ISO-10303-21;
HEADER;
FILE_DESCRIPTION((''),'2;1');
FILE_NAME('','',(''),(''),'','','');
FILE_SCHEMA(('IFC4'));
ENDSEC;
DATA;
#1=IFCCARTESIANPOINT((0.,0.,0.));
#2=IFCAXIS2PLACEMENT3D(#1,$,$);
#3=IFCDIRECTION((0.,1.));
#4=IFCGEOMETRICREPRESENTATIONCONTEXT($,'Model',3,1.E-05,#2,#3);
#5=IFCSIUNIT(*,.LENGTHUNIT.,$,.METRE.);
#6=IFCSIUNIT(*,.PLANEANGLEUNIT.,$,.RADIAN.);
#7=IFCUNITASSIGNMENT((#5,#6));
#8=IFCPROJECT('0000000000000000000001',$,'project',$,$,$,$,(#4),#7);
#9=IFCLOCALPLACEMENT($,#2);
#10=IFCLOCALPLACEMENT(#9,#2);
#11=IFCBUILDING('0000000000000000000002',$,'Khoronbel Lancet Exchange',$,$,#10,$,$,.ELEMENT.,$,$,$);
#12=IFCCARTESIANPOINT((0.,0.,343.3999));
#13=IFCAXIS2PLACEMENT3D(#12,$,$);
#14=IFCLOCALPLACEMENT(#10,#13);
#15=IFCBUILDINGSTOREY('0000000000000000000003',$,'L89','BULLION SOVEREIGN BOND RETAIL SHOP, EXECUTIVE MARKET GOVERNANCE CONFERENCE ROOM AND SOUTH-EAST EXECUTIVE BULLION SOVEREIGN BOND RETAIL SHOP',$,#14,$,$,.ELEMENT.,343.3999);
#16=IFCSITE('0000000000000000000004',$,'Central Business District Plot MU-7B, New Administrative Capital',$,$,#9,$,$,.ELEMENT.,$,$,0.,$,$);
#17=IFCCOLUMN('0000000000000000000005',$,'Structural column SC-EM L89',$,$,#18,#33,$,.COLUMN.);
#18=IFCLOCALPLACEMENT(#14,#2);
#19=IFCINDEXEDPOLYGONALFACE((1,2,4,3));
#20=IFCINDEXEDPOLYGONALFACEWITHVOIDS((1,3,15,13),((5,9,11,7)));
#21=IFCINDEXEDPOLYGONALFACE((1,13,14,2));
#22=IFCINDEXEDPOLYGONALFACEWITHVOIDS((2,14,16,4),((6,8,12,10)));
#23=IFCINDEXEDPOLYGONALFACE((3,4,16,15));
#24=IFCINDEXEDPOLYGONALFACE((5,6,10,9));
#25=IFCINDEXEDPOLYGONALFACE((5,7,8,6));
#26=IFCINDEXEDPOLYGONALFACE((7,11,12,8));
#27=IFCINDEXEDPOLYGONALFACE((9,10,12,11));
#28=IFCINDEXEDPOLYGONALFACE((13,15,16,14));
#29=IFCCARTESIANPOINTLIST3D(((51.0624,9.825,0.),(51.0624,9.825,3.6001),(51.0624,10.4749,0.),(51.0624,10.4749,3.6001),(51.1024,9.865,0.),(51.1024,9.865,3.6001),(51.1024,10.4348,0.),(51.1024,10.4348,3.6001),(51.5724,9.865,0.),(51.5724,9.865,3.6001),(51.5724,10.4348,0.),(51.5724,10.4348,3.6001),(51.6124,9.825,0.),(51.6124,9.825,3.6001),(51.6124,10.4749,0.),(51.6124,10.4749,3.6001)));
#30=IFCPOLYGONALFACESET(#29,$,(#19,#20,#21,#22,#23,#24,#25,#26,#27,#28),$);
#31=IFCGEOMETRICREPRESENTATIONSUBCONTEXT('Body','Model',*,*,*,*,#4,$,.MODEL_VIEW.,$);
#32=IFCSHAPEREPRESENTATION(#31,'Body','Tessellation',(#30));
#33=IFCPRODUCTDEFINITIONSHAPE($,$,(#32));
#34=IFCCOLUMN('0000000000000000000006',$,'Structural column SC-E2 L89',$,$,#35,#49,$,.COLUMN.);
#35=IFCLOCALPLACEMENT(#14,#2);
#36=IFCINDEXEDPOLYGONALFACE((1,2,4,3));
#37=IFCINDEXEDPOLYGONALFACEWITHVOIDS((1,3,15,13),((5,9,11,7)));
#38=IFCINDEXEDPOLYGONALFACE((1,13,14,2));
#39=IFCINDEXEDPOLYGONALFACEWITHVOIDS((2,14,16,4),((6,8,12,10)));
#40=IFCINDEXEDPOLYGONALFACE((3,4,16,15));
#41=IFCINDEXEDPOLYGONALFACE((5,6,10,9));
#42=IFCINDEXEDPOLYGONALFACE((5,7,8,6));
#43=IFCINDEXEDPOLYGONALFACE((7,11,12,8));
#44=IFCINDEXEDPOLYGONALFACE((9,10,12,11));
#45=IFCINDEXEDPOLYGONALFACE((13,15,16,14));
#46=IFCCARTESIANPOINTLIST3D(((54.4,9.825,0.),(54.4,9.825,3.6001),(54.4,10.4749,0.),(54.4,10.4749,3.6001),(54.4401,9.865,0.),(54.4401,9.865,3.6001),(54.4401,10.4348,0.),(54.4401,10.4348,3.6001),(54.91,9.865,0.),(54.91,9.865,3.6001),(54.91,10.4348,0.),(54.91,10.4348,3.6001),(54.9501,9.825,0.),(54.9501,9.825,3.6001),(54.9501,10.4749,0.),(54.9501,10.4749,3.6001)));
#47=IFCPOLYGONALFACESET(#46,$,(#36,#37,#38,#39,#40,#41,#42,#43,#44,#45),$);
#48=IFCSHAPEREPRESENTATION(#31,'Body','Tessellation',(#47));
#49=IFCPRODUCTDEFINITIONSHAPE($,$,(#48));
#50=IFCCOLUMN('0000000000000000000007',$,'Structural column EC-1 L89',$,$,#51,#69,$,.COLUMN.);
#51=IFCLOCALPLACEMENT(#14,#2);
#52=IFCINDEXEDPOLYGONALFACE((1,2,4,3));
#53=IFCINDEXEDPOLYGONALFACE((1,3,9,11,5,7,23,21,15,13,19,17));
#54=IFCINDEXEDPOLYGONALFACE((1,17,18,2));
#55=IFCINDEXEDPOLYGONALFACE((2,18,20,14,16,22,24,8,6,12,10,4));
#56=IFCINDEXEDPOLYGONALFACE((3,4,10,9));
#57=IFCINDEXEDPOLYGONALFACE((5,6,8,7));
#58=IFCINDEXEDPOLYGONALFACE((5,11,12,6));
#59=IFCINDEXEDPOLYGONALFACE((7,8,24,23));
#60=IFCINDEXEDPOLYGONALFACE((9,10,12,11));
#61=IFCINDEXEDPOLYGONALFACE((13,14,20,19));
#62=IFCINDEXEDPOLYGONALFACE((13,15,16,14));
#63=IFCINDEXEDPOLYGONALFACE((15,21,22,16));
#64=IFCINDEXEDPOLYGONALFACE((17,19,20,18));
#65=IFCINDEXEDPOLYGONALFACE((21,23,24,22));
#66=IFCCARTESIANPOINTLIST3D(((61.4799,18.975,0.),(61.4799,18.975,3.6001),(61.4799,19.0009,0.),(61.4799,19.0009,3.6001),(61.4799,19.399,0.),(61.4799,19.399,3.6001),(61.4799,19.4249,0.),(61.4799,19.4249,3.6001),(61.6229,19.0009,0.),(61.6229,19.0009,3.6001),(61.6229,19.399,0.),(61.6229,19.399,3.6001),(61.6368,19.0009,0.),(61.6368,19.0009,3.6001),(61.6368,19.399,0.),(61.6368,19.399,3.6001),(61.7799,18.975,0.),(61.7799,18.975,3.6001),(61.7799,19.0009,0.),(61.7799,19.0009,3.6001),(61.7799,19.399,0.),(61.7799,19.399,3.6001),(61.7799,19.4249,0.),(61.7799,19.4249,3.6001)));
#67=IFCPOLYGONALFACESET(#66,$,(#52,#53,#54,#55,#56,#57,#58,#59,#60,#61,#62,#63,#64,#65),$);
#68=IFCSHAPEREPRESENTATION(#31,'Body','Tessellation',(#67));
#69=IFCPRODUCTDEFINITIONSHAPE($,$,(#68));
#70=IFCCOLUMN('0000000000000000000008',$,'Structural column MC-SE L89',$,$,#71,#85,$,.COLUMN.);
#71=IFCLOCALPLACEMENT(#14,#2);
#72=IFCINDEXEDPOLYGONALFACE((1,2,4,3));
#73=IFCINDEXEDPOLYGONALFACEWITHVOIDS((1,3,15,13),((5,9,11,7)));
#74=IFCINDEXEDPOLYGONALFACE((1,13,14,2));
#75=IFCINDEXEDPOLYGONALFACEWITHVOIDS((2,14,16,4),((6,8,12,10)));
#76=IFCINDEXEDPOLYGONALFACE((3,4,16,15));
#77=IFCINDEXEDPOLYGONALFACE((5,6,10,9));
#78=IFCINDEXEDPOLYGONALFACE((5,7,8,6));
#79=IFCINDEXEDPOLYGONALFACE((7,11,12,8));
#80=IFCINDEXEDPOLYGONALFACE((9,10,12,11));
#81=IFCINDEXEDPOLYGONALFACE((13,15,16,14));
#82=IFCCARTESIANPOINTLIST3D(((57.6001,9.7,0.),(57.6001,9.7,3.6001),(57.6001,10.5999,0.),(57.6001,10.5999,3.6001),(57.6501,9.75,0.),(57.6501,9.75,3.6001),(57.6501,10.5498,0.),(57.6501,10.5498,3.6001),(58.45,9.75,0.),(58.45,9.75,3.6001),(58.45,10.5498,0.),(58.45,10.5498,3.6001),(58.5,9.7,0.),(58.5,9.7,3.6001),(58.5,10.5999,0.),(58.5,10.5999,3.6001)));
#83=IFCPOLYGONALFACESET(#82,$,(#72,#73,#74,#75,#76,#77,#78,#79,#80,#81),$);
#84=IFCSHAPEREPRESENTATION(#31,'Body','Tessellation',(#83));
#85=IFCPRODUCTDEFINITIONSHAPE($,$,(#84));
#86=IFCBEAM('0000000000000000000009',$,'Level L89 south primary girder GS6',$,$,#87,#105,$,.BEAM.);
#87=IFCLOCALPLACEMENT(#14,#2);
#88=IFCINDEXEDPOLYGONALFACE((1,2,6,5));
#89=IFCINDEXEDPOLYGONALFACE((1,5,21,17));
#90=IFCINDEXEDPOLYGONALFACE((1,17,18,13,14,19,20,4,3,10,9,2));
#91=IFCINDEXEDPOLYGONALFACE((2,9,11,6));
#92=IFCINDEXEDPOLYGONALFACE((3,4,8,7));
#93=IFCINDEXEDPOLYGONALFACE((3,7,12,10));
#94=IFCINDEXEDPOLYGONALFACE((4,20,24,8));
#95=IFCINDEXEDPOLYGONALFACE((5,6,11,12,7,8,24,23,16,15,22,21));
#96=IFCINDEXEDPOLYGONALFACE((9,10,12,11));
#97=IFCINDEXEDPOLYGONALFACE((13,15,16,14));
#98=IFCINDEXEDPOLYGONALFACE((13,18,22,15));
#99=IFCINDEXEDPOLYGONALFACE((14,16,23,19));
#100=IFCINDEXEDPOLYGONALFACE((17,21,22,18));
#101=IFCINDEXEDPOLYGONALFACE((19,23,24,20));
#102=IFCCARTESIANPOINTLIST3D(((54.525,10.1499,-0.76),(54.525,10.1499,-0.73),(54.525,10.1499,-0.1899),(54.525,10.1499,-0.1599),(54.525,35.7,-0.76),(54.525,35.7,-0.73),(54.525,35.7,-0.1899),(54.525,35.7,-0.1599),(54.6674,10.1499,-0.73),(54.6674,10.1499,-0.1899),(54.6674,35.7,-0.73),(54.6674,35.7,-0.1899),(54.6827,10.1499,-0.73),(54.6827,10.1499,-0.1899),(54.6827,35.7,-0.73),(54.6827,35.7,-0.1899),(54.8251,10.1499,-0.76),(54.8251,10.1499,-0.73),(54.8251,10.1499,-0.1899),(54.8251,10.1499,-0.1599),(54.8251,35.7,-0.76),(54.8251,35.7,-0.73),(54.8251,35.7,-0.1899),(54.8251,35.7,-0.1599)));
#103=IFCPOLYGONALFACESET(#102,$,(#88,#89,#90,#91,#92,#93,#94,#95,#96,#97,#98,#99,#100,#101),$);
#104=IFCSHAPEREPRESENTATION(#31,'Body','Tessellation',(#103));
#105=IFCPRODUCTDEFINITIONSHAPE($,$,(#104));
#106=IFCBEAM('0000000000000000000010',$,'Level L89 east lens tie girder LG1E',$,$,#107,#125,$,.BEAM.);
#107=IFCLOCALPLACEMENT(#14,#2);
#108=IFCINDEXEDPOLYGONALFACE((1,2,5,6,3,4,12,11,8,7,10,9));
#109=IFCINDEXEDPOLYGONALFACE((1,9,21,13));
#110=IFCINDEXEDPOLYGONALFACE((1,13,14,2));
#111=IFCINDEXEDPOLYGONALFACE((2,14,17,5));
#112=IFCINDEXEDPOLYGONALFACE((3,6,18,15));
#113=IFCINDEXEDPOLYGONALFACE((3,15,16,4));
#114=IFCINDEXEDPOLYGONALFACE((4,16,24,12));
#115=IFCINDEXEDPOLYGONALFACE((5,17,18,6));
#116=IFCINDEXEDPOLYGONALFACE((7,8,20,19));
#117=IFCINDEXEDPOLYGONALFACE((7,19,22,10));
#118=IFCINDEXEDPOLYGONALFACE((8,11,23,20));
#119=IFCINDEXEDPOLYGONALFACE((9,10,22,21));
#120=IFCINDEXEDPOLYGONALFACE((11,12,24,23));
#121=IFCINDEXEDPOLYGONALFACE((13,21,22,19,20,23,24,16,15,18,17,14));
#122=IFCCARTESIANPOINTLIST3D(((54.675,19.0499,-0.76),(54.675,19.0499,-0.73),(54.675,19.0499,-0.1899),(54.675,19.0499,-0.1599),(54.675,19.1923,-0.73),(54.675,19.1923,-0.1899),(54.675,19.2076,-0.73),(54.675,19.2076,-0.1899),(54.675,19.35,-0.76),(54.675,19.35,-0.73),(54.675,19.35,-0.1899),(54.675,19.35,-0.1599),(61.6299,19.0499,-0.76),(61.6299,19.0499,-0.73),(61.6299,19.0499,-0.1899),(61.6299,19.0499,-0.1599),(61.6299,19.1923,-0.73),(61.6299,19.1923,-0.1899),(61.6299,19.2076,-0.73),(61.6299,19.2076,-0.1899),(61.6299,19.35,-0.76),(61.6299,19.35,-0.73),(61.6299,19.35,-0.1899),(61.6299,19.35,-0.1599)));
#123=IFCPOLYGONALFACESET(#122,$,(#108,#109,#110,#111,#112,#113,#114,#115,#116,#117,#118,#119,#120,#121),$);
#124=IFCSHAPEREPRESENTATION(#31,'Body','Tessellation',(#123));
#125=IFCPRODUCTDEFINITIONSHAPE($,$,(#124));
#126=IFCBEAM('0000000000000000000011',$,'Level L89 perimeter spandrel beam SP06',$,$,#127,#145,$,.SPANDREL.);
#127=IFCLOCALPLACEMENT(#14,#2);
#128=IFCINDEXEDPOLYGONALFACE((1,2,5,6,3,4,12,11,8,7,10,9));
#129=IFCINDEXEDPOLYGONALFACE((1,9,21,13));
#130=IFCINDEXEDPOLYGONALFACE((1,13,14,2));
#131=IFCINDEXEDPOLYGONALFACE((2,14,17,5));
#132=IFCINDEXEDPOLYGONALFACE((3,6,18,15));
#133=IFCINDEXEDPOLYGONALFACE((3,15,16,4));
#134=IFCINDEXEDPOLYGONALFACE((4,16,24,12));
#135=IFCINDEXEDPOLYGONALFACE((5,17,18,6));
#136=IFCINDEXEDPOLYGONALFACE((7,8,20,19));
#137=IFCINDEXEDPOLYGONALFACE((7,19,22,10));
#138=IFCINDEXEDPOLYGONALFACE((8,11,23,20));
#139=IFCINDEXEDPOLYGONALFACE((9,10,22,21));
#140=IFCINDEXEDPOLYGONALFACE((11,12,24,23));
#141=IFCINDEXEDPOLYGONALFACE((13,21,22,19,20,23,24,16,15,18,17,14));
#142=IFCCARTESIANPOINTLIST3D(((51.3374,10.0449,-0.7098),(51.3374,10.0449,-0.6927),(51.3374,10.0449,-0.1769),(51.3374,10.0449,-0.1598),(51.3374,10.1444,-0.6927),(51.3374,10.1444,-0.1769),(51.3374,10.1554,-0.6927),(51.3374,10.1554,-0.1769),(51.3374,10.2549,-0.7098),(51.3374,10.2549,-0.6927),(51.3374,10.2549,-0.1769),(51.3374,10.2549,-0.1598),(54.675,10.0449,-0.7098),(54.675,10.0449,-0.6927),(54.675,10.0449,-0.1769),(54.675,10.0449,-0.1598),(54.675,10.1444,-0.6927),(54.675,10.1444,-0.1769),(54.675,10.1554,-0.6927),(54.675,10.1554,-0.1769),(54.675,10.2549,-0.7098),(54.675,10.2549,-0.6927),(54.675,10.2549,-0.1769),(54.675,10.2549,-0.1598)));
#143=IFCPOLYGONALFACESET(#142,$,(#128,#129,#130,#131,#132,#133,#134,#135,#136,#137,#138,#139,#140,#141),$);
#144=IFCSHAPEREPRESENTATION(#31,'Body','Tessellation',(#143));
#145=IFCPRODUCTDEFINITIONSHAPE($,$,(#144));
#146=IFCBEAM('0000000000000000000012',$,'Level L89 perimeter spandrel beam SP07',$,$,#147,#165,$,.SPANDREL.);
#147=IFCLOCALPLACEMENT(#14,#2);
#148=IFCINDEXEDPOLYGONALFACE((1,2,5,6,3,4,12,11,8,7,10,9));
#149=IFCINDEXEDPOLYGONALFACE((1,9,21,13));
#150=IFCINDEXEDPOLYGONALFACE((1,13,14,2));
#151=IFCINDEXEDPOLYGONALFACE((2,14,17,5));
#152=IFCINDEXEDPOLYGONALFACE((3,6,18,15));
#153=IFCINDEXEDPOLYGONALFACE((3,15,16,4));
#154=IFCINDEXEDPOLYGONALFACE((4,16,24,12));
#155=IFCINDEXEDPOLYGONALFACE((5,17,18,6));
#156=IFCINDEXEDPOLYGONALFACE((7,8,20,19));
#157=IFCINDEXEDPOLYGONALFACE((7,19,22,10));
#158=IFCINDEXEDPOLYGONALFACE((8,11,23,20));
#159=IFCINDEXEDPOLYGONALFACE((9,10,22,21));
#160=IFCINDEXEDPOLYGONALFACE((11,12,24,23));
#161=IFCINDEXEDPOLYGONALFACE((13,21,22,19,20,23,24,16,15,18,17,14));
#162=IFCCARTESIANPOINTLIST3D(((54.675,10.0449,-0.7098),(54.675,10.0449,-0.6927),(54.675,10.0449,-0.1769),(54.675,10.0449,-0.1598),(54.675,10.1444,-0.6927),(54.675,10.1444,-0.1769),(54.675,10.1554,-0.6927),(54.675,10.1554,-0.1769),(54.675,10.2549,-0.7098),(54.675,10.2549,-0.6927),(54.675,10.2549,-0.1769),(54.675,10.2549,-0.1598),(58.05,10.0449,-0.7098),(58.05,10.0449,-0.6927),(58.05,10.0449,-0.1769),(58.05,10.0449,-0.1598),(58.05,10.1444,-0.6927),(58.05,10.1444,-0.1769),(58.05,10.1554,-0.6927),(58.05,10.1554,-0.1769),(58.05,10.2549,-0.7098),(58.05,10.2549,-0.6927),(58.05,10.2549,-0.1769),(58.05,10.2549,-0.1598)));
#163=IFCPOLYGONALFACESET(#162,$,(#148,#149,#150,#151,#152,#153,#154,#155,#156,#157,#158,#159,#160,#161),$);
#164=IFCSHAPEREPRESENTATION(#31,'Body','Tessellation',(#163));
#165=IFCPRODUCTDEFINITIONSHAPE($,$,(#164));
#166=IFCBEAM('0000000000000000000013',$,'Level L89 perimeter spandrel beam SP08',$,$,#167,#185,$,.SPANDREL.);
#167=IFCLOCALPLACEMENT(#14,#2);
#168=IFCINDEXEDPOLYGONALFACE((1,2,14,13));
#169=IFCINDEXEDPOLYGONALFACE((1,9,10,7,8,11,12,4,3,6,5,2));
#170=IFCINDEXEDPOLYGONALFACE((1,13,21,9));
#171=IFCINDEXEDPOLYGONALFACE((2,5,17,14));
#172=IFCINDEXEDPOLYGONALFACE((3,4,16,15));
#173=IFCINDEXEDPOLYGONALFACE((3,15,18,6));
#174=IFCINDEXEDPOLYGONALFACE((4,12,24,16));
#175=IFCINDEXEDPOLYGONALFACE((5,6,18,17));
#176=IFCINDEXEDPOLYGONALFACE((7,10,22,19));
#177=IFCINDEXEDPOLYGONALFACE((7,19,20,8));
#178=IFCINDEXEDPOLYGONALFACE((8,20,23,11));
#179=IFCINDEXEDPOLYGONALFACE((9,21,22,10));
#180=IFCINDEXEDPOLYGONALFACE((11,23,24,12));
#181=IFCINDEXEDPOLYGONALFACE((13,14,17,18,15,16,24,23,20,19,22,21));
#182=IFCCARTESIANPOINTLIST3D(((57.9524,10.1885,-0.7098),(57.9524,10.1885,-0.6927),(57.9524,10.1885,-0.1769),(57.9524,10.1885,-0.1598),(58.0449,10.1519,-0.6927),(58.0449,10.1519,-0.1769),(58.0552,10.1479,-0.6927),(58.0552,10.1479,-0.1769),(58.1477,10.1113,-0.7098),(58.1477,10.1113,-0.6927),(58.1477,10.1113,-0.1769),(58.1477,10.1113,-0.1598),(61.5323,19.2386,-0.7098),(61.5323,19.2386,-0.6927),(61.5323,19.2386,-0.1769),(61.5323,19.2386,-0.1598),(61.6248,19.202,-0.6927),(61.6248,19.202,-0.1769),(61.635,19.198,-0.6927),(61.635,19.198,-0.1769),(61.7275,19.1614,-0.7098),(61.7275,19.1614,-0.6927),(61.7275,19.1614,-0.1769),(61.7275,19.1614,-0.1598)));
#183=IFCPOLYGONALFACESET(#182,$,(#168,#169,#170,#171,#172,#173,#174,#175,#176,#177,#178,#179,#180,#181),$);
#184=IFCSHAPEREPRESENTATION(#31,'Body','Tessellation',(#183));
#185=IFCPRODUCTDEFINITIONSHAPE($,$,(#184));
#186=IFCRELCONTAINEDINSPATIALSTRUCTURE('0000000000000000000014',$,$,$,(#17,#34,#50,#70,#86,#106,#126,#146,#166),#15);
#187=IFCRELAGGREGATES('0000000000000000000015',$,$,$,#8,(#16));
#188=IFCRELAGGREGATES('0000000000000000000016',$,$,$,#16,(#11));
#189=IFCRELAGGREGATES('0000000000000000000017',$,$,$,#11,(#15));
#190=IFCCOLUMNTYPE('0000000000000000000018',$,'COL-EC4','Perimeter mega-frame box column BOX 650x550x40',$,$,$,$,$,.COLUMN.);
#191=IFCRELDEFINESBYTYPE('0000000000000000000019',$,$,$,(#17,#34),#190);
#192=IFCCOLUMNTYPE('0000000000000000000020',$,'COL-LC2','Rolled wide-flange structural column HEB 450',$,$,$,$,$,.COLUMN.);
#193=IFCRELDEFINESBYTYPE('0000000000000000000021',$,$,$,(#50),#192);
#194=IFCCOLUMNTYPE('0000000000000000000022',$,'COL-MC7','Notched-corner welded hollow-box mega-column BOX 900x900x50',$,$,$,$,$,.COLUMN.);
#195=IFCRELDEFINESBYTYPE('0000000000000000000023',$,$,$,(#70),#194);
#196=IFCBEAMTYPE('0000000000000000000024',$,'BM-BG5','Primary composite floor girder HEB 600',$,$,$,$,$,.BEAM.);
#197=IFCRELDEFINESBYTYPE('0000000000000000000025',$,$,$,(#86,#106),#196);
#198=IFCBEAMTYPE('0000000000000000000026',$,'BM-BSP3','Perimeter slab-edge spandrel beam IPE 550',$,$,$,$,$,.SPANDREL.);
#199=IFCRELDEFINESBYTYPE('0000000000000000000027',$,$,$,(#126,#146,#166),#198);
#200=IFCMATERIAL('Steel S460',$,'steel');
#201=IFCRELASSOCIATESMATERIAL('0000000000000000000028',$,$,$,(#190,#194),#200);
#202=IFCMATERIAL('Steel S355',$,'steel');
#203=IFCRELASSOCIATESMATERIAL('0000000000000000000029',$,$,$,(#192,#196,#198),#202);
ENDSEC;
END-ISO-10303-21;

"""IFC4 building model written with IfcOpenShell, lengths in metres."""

from ifc_helpers import new_model, si_unit, direction, frame, origin, origin_2d, place, context, subcontext, project, spatial, hollow_rectangle, i_section, extrude, material, material_profile, profile_set, type_object, element, save


model = new_model("IFC4")

# Units and contexts
model_context = context("Model", 3, precision=1e-05, world=origin(), true_north=direction((0.0, 1.0)))
body_context = subcontext(model_context, "Body", "Model", "MODEL_VIEW")
ifc_project = project(units=[si_unit("LENGTHUNIT", "METRE"), si_unit("PLANEANGLEUNIT", "RADIAN")], contexts=[model_context])

# Site, building, storey
site_placement = place(None, origin())
site = spatial("IfcSite", under=ifc_project, at=site_placement, Name="Central Business District Plot MU-7B, New Administrative Capital", CompositionType="ELEMENT", RefElevation=0.0)
building_placement = place(site_placement, origin())
building = spatial("IfcBuilding", under=site, at=building_placement, Name="Khoronbel Lancet Exchange", CompositionType="ELEMENT")
storey_placement = place(building_placement, frame((0.0, 0.0, 343.3999)))
storey = spatial("IfcBuildingStorey", under=building, at=storey_placement, Name="L89", Description="BULLION SOVEREIGN BOND RETAIL SHOP, EXECUTIVE MARKET GOVERNANCE CONFERENCE ROOM AND SOUTH-EAST EXECUTIVE BULLION SOVEREIGN BOND RETAIL SHOP", CompositionType="ELEMENT", Elevation=343.3999)

# Columns
ifc_material_1 = material(Name="Steel S460", Category="steel")
ifc_material_profile_1 = material_profile(ifc_material_1, hollow_rectangle(XDim=0.55, YDim=0.6499, WallThickness=0.04, at=origin_2d()), Name="BOX 650x550x40")
ifc_profile_set_1 = profile_set([ifc_material_profile_1], Name="Steel S460")
column_type_1 = type_object("IfcColumnType", Name="COL-EC4", Description="Perimeter mega-frame box column BOX 650x550x40", PredefinedType="COLUMN", material=ifc_profile_set_1)
for number, where, z_axis, x_axis, name in (
    (1, (51.3374, 10.1499, 0.0), (0.0, 0.0, 1.0), (1.0, 0.0, 0.0), "Structural column SC-EM L89"),
    (2, (54.675, 10.1499, 0.0), (0.0, 0.0, 1.0), (1.0, 0.0, 0.0), "Structural column SC-E2 L89"),
):
    element("IfcColumn", number, at=place(storey_placement, frame(where, z_axis=z_axis, x_axis=x_axis)), inside=storey, type_object=column_type_1, Name=name, PredefinedType="COLUMN", context=body_context, shape_type="SweptSolid", body=[
        extrude(hollow_rectangle(XDim=0.55, YDim=0.6499, WallThickness=0.04, at=origin_2d()), origin(), (0.0, 0.0, 1.0), 3.6001),
    ])
ifc_material_2 = material(Name="Steel S355", Category="steel")
ifc_material_profile_2 = material_profile(ifc_material_2, i_section(OverallWidth=0.3, OverallDepth=0.45, WebThickness=0.0139, FlangeThickness=0.0259, at=origin_2d()), Name="HEB 450")
ifc_profile_set_2 = profile_set([ifc_material_profile_2], Name="Steel S355")
column_type_2 = type_object("IfcColumnType", Name="COL-LC2", Description="Rolled wide-flange structural column HEB 450", PredefinedType="COLUMN", material=ifc_profile_set_2)
column_1_placement = place(storey_placement, frame((61.6299, 19.2, 0.0), z_axis=(0.0, 0.0, 1.0), x_axis=(1.0, 0.0, 0.0)))
element("IfcColumn", 3, at=column_1_placement, inside=storey, type_object=column_type_2, Name="Structural column EC-1 L89", PredefinedType="COLUMN", context=body_context, shape_type="SweptSolid", body=[
    extrude(i_section(OverallWidth=0.3, OverallDepth=0.45, WebThickness=0.0139, FlangeThickness=0.0259, at=origin_2d()), origin(), (0.0, 0.0, 1.0), 3.6001),
])
ifc_material_profile_3 = material_profile(ifc_material_1, hollow_rectangle(XDim=0.8999, YDim=0.8999, WallThickness=0.05, at=origin_2d()), Name="BOX 900x900x50")
ifc_profile_set_3 = profile_set([ifc_material_profile_3], Name="Steel S460")
column_type_3 = type_object("IfcColumnType", Name="COL-MC7", Description="Notched-corner welded hollow-box mega-column BOX 900x900x50", PredefinedType="COLUMN", material=ifc_profile_set_3)
column_2_placement = place(storey_placement, frame((58.05, 10.1499, 0.0), z_axis=(0.0, 0.0, 1.0), x_axis=(1.0, 0.0, 0.0)))
element("IfcColumn", 4, at=column_2_placement, inside=storey, type_object=column_type_3, Name="Structural column MC-SE L89", PredefinedType="COLUMN", context=body_context, shape_type="SweptSolid", body=[
    extrude(hollow_rectangle(XDim=0.8999, YDim=0.8999, WallThickness=0.05, at=origin_2d()), origin(), (0.0, 0.0, 1.0), 3.6001),
])

# Beams
ifc_material_profile_4 = material_profile(ifc_material_2, i_section(OverallWidth=0.3, OverallDepth=0.6001, WebThickness=0.0154, FlangeThickness=0.03, at=origin_2d()), Name="HEB 600")
ifc_profile_set_4 = profile_set([ifc_material_profile_4], Name="Steel S355")
beam_type_1 = type_object("IfcBeamType", Name="BM-BG5", Description="Primary composite floor girder HEB 600", PredefinedType="BEAM", material=ifc_profile_set_4)
beam_1_placement = place(storey_placement, frame((54.675, 10.1499, -0.46), z_axis=(0.0, 1.0, 0.0), x_axis=(-1.0, 0.0, 0.0)))
element("IfcBeam", 5, at=beam_1_placement, inside=storey, type_object=beam_type_1, Name="Level L89 south primary girder GS6", PredefinedType="BEAM", context=body_context, shape_type="SweptSolid", body=[
    extrude(i_section(OverallWidth=0.3, OverallDepth=0.6001, WebThickness=0.0154, FlangeThickness=0.03, at=origin_2d()), origin(), (0.0, 0.0, 1.0), 25.55),
])
beam_2_placement = place(storey_placement, frame((54.675, 19.2, -0.46), z_axis=(1.0, 0.0, 0.0), x_axis=(0.0, 1.0, 0.0)))
element("IfcBeam", 6, at=beam_2_placement, inside=storey, type_object=beam_type_1, Name="Level L89 east lens tie girder LG1E", PredefinedType="BEAM", context=body_context, shape_type="SweptSolid", body=[
    extrude(i_section(OverallWidth=0.3, OverallDepth=0.6001, WebThickness=0.0154, FlangeThickness=0.03, at=origin_2d()), origin(), (0.0, 0.0, 1.0), 6.9548),
])
ifc_material_profile_5 = material_profile(ifc_material_2, i_section(OverallWidth=0.21, OverallDepth=0.55, WebThickness=0.011, FlangeThickness=0.0171, at=origin_2d()), Name="IPE 550")
ifc_profile_set_5 = profile_set([ifc_material_profile_5], Name="Steel S355")
beam_type_2 = type_object("IfcBeamType", Name="BM-BSP3", Description="Perimeter slab-edge spandrel beam IPE 550", PredefinedType="SPANDREL", material=ifc_profile_set_5)
beam_3_placement = place(storey_placement, frame((51.3374, 10.1499, -0.4348), z_axis=(1.0, 0.0, 0.0), x_axis=(0.0, 1.0, 0.0)))
element("IfcBeam", 7, at=beam_3_placement, inside=storey, type_object=beam_type_2, Name="Level L89 perimeter spandrel beam SP06", PredefinedType="SPANDREL", context=body_context, shape_type="SweptSolid", body=[
    extrude(i_section(OverallWidth=0.21, OverallDepth=0.55, WebThickness=0.011, FlangeThickness=0.0171, at=origin_2d()), origin(), (0.0, 0.0, 1.0), 3.3376),
])
beam_4_placement = place(storey_placement, frame((54.675, 10.1499, -0.4348), z_axis=(1.0, 0.0, 0.0), x_axis=(0.0, 1.0, 0.0)))
element("IfcBeam", 8, at=beam_4_placement, inside=storey, type_object=beam_type_2, Name="Level L89 perimeter spandrel beam SP07", PredefinedType="SPANDREL", context=body_context, shape_type="SweptSolid", body=[
    extrude(i_section(OverallWidth=0.21, OverallDepth=0.55, WebThickness=0.011, FlangeThickness=0.0171, at=origin_2d()), origin(), (0.0, 0.0, 1.0), 3.375),
])
beam_5_placement = place(storey_placement, frame((58.05, 10.1499, -0.4348), z_axis=(0.367828, 0.929894, 0.0), x_axis=(-0.929894, 0.367828, 0.0)))
element("IfcBeam", 9, at=beam_5_placement, inside=storey, type_object=beam_type_2, Name="Level L89 perimeter spandrel beam SP08", PredefinedType="SPANDREL", context=body_context, shape_type="SweptSolid", body=[
    extrude(i_section(OverallWidth=0.21, OverallDepth=0.55, WebThickness=0.011, FlangeThickness=0.0171, at=origin_2d()), origin(), (0.0, 0.0, 1.0), 9.7324),
])

save(model, "model.ifc")
